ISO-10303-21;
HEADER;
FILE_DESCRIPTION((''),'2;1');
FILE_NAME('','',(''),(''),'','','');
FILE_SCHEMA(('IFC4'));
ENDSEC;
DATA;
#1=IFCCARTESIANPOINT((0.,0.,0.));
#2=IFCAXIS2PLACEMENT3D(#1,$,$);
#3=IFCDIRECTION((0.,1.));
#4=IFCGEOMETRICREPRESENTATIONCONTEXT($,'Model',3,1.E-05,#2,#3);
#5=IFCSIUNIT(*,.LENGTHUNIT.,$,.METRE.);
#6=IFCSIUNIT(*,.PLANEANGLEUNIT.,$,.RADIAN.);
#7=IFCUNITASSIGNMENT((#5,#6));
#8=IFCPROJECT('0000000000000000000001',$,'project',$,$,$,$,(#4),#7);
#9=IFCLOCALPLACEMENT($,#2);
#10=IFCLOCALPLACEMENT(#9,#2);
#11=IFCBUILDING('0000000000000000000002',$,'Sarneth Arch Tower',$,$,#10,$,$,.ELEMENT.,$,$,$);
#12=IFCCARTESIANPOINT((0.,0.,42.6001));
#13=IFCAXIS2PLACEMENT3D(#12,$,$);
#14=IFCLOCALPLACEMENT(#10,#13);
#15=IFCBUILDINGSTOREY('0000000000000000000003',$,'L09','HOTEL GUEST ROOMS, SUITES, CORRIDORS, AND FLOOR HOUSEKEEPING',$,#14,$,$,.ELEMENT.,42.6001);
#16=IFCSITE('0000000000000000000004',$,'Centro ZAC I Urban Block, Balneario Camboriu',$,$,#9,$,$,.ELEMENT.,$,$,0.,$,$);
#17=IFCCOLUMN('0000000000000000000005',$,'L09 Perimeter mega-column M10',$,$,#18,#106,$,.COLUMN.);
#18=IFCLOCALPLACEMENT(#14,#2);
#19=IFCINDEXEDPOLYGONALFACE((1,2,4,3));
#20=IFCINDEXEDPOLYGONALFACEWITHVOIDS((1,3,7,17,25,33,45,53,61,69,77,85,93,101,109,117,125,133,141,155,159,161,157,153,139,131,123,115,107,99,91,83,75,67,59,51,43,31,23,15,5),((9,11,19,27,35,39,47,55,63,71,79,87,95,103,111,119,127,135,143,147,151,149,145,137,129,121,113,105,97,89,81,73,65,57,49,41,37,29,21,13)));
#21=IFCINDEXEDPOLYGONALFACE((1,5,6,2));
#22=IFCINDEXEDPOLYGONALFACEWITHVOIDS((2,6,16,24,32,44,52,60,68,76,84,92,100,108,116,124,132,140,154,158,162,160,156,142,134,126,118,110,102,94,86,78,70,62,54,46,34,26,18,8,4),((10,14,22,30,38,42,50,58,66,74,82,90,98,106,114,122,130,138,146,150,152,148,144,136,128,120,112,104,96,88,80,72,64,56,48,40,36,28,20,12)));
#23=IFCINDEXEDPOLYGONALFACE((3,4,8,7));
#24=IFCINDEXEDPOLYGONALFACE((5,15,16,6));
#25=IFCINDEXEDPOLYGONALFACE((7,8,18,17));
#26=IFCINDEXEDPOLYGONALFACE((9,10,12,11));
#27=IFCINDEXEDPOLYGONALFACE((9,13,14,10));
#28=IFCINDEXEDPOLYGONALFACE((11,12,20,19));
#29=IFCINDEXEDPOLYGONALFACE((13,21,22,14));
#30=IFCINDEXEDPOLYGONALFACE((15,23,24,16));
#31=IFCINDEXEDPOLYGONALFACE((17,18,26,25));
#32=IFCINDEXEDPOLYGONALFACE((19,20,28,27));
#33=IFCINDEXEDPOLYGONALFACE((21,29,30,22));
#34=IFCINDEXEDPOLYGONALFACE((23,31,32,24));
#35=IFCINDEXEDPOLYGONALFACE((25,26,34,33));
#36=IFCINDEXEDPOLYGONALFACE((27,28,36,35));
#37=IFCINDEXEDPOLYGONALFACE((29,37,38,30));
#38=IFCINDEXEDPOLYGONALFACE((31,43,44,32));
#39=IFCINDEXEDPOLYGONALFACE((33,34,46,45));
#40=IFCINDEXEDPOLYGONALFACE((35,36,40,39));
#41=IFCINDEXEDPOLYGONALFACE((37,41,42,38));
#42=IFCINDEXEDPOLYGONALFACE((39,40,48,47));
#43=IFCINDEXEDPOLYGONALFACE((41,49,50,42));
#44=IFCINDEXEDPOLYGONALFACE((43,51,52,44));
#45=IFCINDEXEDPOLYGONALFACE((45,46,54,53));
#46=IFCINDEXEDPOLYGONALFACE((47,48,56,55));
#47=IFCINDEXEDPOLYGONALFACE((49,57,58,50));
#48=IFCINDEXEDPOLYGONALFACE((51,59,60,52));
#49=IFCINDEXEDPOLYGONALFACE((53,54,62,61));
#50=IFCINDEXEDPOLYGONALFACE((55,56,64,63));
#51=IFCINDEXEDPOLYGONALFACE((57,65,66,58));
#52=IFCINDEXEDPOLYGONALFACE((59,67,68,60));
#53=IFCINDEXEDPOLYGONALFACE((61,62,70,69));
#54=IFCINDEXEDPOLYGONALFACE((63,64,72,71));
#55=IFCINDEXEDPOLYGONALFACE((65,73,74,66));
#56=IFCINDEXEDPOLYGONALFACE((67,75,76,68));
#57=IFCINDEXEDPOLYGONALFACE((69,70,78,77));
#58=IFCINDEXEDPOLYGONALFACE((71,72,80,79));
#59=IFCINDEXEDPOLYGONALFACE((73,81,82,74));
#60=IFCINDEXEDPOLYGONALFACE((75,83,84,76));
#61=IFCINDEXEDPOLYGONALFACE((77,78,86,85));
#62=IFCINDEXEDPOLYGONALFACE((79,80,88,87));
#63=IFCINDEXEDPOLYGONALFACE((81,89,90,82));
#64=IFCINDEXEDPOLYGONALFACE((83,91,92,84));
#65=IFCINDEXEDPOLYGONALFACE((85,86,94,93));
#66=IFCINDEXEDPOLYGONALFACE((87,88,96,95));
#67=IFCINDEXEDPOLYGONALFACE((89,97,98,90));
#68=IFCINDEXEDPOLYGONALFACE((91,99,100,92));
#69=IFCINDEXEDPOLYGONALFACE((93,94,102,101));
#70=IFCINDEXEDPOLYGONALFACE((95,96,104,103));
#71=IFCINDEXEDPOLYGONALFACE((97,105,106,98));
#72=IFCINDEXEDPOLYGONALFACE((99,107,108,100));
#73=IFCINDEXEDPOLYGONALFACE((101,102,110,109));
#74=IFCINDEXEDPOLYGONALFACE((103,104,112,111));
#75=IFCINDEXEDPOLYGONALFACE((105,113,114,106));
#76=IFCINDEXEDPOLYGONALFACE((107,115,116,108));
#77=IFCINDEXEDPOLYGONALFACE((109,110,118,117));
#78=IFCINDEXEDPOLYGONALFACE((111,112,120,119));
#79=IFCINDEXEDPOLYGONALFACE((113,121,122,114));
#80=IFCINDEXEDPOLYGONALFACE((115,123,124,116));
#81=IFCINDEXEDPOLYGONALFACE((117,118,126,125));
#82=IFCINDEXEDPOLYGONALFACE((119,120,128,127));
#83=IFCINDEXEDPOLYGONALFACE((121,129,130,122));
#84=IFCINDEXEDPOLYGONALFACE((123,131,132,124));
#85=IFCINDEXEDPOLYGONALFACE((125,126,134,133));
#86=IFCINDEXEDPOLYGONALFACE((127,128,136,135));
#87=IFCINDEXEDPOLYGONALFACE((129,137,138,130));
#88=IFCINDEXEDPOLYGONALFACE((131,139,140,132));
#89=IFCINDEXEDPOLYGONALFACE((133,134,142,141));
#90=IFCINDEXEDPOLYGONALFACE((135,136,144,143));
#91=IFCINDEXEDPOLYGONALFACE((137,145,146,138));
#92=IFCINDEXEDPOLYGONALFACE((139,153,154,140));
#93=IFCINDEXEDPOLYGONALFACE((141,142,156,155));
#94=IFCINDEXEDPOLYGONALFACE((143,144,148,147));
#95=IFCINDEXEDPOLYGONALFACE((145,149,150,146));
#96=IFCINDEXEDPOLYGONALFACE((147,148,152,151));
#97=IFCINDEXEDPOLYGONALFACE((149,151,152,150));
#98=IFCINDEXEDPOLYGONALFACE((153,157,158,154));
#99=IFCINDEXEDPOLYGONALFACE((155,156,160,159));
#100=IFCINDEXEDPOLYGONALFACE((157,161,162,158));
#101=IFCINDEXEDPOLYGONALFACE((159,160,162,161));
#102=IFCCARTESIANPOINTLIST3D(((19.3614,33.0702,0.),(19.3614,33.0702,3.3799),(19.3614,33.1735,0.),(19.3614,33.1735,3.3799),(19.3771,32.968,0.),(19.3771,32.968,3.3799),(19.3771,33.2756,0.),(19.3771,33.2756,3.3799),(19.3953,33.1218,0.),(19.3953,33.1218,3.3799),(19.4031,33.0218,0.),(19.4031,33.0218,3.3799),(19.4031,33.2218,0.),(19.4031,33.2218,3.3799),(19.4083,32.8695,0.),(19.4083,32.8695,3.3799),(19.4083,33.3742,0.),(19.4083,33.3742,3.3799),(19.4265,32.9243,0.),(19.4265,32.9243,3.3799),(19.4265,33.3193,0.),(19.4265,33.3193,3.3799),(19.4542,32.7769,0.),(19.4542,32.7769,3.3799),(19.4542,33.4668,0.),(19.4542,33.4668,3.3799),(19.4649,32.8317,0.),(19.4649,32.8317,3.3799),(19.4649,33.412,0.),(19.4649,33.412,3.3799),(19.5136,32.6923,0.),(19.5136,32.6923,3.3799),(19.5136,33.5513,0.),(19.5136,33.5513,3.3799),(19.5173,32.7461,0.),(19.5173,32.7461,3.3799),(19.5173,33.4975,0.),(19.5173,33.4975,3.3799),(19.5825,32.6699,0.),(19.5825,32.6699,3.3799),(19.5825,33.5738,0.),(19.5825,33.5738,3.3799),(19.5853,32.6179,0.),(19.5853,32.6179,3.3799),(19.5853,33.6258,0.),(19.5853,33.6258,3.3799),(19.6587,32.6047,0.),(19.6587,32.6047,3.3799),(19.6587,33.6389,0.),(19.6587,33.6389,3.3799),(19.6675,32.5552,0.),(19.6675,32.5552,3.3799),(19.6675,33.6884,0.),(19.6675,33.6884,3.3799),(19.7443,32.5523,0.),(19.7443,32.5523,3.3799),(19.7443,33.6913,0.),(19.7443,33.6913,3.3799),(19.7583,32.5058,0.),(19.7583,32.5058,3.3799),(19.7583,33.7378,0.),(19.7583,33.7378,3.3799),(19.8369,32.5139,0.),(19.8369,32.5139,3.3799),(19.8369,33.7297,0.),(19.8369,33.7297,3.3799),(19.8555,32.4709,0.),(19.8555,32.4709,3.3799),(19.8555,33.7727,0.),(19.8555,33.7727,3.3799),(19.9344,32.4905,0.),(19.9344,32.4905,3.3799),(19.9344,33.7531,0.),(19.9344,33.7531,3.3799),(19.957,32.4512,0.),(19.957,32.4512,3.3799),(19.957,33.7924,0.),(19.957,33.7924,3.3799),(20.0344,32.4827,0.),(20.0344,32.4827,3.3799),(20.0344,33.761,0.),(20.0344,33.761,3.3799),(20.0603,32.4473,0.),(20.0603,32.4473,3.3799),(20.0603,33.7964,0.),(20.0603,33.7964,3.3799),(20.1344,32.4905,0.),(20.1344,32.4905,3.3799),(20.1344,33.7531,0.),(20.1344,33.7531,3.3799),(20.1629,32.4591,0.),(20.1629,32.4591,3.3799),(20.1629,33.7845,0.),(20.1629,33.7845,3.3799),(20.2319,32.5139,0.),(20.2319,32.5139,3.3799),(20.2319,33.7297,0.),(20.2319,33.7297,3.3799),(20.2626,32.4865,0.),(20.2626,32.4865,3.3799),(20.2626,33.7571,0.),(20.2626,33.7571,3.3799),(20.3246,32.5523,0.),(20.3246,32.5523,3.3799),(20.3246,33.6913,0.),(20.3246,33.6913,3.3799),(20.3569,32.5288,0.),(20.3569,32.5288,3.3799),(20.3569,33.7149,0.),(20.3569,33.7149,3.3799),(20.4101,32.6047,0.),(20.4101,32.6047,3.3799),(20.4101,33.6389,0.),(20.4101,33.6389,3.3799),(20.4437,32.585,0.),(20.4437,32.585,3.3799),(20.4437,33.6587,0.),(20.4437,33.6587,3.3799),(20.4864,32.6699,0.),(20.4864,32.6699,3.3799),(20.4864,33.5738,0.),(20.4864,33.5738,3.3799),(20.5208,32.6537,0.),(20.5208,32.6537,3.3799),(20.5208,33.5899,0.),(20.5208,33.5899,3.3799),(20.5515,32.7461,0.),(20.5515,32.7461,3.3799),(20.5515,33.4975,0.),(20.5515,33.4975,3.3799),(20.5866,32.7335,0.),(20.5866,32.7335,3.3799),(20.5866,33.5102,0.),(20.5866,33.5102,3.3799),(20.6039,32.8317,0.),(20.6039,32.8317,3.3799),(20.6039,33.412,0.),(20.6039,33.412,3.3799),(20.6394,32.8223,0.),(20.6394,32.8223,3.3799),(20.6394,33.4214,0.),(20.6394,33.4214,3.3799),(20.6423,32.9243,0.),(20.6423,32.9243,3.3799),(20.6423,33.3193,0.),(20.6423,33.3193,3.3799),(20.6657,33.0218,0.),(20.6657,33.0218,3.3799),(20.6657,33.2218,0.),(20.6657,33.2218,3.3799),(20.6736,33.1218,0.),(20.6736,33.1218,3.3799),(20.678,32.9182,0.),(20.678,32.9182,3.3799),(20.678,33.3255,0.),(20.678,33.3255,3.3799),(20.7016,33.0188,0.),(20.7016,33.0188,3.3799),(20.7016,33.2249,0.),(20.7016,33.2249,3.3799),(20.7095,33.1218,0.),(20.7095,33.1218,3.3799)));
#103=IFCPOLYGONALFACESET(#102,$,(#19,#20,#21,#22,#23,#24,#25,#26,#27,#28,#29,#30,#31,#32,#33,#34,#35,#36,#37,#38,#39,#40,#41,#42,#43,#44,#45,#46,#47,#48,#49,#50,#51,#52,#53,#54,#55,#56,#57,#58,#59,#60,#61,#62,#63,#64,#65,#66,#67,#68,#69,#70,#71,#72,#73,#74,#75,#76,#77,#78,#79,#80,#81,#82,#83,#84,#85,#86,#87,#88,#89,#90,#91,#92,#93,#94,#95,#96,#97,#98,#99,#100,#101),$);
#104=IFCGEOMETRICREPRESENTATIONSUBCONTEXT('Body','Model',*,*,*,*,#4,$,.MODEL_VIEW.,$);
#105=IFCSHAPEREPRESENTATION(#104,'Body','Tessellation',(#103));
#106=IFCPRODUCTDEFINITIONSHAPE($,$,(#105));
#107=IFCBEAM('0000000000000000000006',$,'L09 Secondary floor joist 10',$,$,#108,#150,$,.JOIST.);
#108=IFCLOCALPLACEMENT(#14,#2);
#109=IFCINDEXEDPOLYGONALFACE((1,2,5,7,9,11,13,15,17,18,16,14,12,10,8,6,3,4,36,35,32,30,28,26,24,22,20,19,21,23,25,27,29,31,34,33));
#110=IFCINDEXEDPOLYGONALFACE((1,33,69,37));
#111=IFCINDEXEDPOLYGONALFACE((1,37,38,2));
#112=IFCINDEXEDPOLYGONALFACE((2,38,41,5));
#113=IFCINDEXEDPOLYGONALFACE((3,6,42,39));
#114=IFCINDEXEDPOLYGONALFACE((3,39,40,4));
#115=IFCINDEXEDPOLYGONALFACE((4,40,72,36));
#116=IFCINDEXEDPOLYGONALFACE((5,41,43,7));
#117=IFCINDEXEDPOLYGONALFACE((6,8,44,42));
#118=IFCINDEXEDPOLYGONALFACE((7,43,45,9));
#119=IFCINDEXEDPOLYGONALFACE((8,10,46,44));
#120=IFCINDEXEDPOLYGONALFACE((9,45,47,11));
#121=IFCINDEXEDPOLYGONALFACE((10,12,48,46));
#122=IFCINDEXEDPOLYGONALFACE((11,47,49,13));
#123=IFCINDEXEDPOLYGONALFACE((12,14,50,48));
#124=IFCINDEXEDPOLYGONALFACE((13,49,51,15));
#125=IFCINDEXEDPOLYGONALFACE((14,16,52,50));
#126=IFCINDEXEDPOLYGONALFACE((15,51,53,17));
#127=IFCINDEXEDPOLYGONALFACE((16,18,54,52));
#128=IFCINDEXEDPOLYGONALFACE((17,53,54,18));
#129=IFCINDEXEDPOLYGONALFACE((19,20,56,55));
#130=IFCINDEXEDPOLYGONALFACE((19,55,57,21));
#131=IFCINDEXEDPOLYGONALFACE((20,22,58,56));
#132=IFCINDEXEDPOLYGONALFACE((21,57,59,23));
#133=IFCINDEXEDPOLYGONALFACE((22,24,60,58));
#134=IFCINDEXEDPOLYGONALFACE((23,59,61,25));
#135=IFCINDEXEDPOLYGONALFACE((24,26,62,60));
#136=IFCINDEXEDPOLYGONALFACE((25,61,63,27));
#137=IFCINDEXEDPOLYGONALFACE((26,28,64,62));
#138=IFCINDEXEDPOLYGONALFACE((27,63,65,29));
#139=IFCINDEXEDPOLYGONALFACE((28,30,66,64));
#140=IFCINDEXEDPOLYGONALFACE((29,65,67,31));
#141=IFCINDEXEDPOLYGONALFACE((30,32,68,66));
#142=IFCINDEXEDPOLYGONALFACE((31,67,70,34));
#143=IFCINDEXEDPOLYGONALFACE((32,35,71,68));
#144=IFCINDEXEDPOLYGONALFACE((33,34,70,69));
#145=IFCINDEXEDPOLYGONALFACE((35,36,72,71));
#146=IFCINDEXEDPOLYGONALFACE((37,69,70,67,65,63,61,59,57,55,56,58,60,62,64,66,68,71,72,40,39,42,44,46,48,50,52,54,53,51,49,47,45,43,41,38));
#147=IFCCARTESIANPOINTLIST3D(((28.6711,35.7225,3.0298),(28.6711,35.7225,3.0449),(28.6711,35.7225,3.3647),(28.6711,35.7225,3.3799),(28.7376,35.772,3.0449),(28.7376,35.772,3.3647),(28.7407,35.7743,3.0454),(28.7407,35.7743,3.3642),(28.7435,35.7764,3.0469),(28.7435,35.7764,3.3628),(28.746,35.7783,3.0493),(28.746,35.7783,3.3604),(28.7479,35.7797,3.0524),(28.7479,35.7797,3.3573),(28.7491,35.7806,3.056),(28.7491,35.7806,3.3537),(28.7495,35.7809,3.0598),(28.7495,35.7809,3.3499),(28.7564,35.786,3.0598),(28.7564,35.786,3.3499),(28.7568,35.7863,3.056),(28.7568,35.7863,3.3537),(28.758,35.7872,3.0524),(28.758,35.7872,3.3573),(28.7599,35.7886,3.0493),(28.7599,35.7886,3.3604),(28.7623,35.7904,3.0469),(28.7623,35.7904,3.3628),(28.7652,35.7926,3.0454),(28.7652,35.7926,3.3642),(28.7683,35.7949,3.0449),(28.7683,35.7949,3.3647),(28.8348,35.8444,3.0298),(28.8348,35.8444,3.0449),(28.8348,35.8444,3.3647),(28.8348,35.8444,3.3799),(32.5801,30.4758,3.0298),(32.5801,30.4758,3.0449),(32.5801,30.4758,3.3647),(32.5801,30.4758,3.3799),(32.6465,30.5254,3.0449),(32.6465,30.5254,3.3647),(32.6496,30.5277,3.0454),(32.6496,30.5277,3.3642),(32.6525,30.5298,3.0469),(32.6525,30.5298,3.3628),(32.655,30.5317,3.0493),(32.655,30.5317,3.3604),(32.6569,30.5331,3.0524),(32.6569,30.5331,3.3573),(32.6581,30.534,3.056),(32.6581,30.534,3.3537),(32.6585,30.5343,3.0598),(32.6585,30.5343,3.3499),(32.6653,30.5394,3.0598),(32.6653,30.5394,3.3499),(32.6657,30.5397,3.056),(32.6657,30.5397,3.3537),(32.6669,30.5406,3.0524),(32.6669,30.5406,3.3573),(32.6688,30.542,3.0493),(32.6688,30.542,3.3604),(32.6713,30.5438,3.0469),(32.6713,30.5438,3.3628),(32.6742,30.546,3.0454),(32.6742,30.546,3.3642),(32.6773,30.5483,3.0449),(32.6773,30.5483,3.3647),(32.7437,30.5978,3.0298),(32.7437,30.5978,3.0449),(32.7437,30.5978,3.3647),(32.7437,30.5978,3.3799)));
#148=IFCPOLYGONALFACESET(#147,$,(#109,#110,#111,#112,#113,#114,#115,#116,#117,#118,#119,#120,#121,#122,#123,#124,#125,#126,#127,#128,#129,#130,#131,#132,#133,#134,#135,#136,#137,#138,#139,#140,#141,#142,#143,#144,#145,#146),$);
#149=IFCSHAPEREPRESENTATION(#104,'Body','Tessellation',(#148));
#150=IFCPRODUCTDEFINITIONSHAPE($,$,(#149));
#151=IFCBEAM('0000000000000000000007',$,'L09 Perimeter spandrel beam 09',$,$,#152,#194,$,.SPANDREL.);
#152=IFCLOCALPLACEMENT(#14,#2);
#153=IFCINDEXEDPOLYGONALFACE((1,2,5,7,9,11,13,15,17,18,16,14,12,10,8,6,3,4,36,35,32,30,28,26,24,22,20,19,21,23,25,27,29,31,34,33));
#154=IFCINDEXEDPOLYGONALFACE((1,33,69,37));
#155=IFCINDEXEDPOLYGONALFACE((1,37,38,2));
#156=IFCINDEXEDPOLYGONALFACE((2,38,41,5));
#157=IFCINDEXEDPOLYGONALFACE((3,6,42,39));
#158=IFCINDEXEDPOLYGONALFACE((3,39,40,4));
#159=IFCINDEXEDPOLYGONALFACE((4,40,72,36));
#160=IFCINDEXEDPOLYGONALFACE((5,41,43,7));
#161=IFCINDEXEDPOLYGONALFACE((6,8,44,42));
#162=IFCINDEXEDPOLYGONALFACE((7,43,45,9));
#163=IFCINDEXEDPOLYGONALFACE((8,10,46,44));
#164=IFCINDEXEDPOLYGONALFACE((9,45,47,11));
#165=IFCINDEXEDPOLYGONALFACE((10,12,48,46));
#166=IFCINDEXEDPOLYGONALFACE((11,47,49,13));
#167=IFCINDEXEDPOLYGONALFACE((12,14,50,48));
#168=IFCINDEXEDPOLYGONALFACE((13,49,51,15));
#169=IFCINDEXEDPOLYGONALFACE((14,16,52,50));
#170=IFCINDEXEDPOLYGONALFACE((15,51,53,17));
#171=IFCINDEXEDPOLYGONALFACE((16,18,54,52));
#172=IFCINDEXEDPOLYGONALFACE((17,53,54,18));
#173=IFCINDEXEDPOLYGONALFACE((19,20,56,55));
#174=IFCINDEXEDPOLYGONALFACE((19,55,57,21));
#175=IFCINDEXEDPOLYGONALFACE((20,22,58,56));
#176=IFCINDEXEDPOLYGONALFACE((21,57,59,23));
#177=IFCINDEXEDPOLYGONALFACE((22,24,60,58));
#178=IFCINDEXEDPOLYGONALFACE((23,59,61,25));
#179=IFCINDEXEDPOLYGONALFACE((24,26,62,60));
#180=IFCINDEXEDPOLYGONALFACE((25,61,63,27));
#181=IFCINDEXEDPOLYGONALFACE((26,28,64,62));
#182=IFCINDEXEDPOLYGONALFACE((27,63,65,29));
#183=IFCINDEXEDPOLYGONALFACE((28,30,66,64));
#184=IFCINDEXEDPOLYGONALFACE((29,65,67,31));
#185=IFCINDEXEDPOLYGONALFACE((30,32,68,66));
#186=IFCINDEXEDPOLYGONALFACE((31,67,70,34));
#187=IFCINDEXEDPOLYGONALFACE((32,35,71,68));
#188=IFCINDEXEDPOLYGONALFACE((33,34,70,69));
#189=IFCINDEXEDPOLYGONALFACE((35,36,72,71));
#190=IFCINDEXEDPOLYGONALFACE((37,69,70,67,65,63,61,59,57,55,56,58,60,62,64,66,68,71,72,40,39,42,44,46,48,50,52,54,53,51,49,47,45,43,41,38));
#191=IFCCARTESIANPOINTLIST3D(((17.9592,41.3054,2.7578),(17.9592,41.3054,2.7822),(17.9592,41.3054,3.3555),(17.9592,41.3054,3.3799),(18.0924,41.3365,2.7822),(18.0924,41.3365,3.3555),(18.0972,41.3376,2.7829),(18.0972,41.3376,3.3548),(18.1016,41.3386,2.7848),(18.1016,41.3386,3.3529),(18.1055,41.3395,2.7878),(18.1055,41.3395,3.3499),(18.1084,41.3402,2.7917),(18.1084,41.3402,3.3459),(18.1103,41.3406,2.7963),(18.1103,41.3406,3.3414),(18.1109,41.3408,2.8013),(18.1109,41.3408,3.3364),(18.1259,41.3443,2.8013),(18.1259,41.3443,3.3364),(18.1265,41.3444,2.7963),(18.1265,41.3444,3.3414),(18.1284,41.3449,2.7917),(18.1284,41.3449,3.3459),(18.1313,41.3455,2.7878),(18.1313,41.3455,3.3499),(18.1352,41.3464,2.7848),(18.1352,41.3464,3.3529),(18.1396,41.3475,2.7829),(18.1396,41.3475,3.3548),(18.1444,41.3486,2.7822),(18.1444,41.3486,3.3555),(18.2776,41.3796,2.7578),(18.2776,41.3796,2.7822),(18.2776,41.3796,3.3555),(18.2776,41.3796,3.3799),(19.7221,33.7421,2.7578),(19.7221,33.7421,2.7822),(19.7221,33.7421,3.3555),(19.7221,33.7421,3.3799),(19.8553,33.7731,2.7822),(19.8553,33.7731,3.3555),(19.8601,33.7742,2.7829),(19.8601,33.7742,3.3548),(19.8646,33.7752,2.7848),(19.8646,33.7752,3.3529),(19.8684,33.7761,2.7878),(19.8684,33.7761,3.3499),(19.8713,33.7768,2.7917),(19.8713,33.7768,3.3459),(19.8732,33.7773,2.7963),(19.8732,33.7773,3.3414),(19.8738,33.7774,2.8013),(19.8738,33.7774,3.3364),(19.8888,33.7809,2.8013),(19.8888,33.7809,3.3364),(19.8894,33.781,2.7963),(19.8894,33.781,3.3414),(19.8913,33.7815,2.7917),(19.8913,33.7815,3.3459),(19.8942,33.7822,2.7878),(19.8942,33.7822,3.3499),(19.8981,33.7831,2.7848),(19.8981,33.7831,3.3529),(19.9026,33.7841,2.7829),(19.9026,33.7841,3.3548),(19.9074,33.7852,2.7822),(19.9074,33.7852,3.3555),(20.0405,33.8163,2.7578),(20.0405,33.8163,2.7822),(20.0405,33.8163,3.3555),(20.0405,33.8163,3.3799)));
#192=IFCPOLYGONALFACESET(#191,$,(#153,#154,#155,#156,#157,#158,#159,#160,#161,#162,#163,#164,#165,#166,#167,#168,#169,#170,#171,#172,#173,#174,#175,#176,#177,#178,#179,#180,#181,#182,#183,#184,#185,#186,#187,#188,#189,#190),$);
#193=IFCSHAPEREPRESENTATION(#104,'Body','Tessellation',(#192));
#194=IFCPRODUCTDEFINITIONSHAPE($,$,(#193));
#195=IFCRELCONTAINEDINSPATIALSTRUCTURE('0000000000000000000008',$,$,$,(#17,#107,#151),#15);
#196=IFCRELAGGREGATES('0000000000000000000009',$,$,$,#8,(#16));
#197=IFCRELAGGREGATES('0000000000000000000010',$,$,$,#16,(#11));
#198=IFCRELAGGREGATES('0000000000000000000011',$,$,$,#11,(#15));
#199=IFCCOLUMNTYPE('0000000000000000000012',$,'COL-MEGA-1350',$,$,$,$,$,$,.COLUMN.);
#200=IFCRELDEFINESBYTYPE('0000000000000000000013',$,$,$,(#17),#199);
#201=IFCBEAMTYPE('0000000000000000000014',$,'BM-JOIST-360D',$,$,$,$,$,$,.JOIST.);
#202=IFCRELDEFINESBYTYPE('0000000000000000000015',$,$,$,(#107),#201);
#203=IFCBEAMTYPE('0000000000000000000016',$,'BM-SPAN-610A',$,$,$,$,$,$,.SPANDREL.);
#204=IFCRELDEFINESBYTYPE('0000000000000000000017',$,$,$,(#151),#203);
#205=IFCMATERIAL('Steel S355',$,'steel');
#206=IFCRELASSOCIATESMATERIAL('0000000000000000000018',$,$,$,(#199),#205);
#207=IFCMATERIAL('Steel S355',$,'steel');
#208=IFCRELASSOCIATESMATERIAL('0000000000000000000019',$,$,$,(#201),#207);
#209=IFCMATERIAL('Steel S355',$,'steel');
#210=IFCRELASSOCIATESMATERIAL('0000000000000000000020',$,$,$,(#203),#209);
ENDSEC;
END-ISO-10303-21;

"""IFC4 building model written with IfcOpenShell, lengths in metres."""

from ifc_helpers import new_model, si_unit, direction, frame, origin, origin_2d, place, context, subcontext, project, spatial, hollow_circle, i_section, extrude, material, material_profile, profile_set, type_object, element, save


model = new_model("IFC4")

# Units and contexts
model_context = context("Model", 3, precision=1e-05, world=origin(), true_north=direction((0.0, 1.0)))
body_context = subcontext(model_context, "Body", "Model", "MODEL_VIEW")
ifc_project = project(units=[si_unit("LENGTHUNIT", "METRE"), si_unit("PLANEANGLEUNIT", "RADIAN")], contexts=[model_context])

# Site, building, storey
site_placement = place(None, origin())
site = spatial("IfcSite", under=ifc_project, at=site_placement, Name="Centro ZAC I Urban Block, Balneario Camboriu", CompositionType="ELEMENT", RefElevation=0.0)
building_placement = place(site_placement, origin())
building = spatial("IfcBuilding", under=site, at=building_placement, Name="Sarneth Arch Tower", CompositionType="ELEMENT")
storey_placement = place(building_placement, frame((0.0, 0.0, 42.6001)))
storey = spatial("IfcBuildingStorey", under=building, at=storey_placement, Name="L09", Description="HOTEL GUEST ROOMS, SUITES, CORRIDORS, AND FLOOR HOUSEKEEPING", CompositionType="ELEMENT", Elevation=42.6001)

# Column
ifc_material_1 = material(Name="Steel S355", Category="steel")
ifc_material_profile_1 = material_profile(ifc_material_1, hollow_circle(Radius=0.675, WallThickness=0.0359, at=origin_2d()), Name="CHS1350x36")
ifc_profile_set_1 = profile_set([ifc_material_profile_1], Name="Steel S355")
column_type = type_object("IfcColumnType", Name="COL-MEGA-1350", PredefinedType="COLUMN", material=ifc_profile_set_1)
column_placement = place(storey_placement, frame((20.0344, 33.1218, 0.0), z_axis=(0.0, 0.0, 1.0), x_axis=(1.0, 0.0, 0.0)))
element("IfcColumn", 1, at=column_placement, inside=storey, type_object=column_type, Name="L09 Perimeter mega-column M10", PredefinedType="COLUMN", context=body_context, shape_type="SweptSolid", body=[
    extrude(hollow_circle(Radius=0.675, WallThickness=0.0359, at=origin_2d()), origin(), (0.0, 0.0, 1.0), 3.3799),
])

# Beams
ifc_material_2 = material(Name="Steel S355", Category="steel")
ifc_material_profile_2 = material_profile(ifc_material_2, i_section(OverallWidth=0.2041, OverallDepth=0.3501, WebThickness=0.0085, FlangeThickness=0.0151, FilletRadius=0.0149, at=origin_2d()), Name="W360x72")
ifc_profile_set_2 = profile_set([ifc_material_profile_2], Name="Steel S355")
beam_type_1 = type_object("IfcBeamType", Name="BM-JOIST-360D", PredefinedType="JOIST", material=ifc_profile_set_2)
beam_1_placement = place(storey_placement, frame((28.7529, 35.7834, 3.2048), z_axis=(0.597454, -0.801904, 0.0), x_axis=(0.801904, 0.597454, 0.0)))
element("IfcBeam", 2, at=beam_1_placement, inside=storey, type_object=beam_type_1, Name="L09 Secondary floor joist 10", PredefinedType="JOIST", context=body_context, shape_type="SweptSolid", body=[
    extrude(i_section(OverallWidth=0.2041, OverallDepth=0.3501, WebThickness=0.0085, FlangeThickness=0.0151, FilletRadius=0.0149, at=origin_2d()), origin(), (0.0, 0.0, 1.0), 6.5427),
])
ifc_material_3 = material(Name="Steel S355", Category="steel")
ifc_material_profile_3 = material_profile(ifc_material_3, i_section(OverallWidth=0.3269, OverallDepth=0.6221, WebThickness=0.0154, FlangeThickness=0.0244, FilletRadius=0.019, at=origin_2d()), Name="W610x195")
ifc_profile_set_3 = profile_set([ifc_material_profile_3], Name="Steel S355")
beam_type_2 = type_object("IfcBeamType", Name="BM-SPAN-610A", PredefinedType="SPANDREL", material=ifc_profile_set_3)
beam_2_placement = place(storey_placement, frame((18.1184, 41.3425, 3.0688), z_axis=(0.227001, -0.973895, 0.0), x_axis=(0.973895, 0.227001, 0.0)))
element("IfcBeam", 3, at=beam_2_placement, inside=storey, type_object=beam_type_2, Name="L09 Perimeter spandrel beam 09", PredefinedType="SPANDREL", context=body_context, shape_type="SweptSolid", body=[
    extrude(i_section(OverallWidth=0.3269, OverallDepth=0.6221, WebThickness=0.0154, FlangeThickness=0.0244, FilletRadius=0.019, at=origin_2d()), origin(), (0.0, 0.0, 1.0), 7.7661),
])

save(model, "model.ifc")
